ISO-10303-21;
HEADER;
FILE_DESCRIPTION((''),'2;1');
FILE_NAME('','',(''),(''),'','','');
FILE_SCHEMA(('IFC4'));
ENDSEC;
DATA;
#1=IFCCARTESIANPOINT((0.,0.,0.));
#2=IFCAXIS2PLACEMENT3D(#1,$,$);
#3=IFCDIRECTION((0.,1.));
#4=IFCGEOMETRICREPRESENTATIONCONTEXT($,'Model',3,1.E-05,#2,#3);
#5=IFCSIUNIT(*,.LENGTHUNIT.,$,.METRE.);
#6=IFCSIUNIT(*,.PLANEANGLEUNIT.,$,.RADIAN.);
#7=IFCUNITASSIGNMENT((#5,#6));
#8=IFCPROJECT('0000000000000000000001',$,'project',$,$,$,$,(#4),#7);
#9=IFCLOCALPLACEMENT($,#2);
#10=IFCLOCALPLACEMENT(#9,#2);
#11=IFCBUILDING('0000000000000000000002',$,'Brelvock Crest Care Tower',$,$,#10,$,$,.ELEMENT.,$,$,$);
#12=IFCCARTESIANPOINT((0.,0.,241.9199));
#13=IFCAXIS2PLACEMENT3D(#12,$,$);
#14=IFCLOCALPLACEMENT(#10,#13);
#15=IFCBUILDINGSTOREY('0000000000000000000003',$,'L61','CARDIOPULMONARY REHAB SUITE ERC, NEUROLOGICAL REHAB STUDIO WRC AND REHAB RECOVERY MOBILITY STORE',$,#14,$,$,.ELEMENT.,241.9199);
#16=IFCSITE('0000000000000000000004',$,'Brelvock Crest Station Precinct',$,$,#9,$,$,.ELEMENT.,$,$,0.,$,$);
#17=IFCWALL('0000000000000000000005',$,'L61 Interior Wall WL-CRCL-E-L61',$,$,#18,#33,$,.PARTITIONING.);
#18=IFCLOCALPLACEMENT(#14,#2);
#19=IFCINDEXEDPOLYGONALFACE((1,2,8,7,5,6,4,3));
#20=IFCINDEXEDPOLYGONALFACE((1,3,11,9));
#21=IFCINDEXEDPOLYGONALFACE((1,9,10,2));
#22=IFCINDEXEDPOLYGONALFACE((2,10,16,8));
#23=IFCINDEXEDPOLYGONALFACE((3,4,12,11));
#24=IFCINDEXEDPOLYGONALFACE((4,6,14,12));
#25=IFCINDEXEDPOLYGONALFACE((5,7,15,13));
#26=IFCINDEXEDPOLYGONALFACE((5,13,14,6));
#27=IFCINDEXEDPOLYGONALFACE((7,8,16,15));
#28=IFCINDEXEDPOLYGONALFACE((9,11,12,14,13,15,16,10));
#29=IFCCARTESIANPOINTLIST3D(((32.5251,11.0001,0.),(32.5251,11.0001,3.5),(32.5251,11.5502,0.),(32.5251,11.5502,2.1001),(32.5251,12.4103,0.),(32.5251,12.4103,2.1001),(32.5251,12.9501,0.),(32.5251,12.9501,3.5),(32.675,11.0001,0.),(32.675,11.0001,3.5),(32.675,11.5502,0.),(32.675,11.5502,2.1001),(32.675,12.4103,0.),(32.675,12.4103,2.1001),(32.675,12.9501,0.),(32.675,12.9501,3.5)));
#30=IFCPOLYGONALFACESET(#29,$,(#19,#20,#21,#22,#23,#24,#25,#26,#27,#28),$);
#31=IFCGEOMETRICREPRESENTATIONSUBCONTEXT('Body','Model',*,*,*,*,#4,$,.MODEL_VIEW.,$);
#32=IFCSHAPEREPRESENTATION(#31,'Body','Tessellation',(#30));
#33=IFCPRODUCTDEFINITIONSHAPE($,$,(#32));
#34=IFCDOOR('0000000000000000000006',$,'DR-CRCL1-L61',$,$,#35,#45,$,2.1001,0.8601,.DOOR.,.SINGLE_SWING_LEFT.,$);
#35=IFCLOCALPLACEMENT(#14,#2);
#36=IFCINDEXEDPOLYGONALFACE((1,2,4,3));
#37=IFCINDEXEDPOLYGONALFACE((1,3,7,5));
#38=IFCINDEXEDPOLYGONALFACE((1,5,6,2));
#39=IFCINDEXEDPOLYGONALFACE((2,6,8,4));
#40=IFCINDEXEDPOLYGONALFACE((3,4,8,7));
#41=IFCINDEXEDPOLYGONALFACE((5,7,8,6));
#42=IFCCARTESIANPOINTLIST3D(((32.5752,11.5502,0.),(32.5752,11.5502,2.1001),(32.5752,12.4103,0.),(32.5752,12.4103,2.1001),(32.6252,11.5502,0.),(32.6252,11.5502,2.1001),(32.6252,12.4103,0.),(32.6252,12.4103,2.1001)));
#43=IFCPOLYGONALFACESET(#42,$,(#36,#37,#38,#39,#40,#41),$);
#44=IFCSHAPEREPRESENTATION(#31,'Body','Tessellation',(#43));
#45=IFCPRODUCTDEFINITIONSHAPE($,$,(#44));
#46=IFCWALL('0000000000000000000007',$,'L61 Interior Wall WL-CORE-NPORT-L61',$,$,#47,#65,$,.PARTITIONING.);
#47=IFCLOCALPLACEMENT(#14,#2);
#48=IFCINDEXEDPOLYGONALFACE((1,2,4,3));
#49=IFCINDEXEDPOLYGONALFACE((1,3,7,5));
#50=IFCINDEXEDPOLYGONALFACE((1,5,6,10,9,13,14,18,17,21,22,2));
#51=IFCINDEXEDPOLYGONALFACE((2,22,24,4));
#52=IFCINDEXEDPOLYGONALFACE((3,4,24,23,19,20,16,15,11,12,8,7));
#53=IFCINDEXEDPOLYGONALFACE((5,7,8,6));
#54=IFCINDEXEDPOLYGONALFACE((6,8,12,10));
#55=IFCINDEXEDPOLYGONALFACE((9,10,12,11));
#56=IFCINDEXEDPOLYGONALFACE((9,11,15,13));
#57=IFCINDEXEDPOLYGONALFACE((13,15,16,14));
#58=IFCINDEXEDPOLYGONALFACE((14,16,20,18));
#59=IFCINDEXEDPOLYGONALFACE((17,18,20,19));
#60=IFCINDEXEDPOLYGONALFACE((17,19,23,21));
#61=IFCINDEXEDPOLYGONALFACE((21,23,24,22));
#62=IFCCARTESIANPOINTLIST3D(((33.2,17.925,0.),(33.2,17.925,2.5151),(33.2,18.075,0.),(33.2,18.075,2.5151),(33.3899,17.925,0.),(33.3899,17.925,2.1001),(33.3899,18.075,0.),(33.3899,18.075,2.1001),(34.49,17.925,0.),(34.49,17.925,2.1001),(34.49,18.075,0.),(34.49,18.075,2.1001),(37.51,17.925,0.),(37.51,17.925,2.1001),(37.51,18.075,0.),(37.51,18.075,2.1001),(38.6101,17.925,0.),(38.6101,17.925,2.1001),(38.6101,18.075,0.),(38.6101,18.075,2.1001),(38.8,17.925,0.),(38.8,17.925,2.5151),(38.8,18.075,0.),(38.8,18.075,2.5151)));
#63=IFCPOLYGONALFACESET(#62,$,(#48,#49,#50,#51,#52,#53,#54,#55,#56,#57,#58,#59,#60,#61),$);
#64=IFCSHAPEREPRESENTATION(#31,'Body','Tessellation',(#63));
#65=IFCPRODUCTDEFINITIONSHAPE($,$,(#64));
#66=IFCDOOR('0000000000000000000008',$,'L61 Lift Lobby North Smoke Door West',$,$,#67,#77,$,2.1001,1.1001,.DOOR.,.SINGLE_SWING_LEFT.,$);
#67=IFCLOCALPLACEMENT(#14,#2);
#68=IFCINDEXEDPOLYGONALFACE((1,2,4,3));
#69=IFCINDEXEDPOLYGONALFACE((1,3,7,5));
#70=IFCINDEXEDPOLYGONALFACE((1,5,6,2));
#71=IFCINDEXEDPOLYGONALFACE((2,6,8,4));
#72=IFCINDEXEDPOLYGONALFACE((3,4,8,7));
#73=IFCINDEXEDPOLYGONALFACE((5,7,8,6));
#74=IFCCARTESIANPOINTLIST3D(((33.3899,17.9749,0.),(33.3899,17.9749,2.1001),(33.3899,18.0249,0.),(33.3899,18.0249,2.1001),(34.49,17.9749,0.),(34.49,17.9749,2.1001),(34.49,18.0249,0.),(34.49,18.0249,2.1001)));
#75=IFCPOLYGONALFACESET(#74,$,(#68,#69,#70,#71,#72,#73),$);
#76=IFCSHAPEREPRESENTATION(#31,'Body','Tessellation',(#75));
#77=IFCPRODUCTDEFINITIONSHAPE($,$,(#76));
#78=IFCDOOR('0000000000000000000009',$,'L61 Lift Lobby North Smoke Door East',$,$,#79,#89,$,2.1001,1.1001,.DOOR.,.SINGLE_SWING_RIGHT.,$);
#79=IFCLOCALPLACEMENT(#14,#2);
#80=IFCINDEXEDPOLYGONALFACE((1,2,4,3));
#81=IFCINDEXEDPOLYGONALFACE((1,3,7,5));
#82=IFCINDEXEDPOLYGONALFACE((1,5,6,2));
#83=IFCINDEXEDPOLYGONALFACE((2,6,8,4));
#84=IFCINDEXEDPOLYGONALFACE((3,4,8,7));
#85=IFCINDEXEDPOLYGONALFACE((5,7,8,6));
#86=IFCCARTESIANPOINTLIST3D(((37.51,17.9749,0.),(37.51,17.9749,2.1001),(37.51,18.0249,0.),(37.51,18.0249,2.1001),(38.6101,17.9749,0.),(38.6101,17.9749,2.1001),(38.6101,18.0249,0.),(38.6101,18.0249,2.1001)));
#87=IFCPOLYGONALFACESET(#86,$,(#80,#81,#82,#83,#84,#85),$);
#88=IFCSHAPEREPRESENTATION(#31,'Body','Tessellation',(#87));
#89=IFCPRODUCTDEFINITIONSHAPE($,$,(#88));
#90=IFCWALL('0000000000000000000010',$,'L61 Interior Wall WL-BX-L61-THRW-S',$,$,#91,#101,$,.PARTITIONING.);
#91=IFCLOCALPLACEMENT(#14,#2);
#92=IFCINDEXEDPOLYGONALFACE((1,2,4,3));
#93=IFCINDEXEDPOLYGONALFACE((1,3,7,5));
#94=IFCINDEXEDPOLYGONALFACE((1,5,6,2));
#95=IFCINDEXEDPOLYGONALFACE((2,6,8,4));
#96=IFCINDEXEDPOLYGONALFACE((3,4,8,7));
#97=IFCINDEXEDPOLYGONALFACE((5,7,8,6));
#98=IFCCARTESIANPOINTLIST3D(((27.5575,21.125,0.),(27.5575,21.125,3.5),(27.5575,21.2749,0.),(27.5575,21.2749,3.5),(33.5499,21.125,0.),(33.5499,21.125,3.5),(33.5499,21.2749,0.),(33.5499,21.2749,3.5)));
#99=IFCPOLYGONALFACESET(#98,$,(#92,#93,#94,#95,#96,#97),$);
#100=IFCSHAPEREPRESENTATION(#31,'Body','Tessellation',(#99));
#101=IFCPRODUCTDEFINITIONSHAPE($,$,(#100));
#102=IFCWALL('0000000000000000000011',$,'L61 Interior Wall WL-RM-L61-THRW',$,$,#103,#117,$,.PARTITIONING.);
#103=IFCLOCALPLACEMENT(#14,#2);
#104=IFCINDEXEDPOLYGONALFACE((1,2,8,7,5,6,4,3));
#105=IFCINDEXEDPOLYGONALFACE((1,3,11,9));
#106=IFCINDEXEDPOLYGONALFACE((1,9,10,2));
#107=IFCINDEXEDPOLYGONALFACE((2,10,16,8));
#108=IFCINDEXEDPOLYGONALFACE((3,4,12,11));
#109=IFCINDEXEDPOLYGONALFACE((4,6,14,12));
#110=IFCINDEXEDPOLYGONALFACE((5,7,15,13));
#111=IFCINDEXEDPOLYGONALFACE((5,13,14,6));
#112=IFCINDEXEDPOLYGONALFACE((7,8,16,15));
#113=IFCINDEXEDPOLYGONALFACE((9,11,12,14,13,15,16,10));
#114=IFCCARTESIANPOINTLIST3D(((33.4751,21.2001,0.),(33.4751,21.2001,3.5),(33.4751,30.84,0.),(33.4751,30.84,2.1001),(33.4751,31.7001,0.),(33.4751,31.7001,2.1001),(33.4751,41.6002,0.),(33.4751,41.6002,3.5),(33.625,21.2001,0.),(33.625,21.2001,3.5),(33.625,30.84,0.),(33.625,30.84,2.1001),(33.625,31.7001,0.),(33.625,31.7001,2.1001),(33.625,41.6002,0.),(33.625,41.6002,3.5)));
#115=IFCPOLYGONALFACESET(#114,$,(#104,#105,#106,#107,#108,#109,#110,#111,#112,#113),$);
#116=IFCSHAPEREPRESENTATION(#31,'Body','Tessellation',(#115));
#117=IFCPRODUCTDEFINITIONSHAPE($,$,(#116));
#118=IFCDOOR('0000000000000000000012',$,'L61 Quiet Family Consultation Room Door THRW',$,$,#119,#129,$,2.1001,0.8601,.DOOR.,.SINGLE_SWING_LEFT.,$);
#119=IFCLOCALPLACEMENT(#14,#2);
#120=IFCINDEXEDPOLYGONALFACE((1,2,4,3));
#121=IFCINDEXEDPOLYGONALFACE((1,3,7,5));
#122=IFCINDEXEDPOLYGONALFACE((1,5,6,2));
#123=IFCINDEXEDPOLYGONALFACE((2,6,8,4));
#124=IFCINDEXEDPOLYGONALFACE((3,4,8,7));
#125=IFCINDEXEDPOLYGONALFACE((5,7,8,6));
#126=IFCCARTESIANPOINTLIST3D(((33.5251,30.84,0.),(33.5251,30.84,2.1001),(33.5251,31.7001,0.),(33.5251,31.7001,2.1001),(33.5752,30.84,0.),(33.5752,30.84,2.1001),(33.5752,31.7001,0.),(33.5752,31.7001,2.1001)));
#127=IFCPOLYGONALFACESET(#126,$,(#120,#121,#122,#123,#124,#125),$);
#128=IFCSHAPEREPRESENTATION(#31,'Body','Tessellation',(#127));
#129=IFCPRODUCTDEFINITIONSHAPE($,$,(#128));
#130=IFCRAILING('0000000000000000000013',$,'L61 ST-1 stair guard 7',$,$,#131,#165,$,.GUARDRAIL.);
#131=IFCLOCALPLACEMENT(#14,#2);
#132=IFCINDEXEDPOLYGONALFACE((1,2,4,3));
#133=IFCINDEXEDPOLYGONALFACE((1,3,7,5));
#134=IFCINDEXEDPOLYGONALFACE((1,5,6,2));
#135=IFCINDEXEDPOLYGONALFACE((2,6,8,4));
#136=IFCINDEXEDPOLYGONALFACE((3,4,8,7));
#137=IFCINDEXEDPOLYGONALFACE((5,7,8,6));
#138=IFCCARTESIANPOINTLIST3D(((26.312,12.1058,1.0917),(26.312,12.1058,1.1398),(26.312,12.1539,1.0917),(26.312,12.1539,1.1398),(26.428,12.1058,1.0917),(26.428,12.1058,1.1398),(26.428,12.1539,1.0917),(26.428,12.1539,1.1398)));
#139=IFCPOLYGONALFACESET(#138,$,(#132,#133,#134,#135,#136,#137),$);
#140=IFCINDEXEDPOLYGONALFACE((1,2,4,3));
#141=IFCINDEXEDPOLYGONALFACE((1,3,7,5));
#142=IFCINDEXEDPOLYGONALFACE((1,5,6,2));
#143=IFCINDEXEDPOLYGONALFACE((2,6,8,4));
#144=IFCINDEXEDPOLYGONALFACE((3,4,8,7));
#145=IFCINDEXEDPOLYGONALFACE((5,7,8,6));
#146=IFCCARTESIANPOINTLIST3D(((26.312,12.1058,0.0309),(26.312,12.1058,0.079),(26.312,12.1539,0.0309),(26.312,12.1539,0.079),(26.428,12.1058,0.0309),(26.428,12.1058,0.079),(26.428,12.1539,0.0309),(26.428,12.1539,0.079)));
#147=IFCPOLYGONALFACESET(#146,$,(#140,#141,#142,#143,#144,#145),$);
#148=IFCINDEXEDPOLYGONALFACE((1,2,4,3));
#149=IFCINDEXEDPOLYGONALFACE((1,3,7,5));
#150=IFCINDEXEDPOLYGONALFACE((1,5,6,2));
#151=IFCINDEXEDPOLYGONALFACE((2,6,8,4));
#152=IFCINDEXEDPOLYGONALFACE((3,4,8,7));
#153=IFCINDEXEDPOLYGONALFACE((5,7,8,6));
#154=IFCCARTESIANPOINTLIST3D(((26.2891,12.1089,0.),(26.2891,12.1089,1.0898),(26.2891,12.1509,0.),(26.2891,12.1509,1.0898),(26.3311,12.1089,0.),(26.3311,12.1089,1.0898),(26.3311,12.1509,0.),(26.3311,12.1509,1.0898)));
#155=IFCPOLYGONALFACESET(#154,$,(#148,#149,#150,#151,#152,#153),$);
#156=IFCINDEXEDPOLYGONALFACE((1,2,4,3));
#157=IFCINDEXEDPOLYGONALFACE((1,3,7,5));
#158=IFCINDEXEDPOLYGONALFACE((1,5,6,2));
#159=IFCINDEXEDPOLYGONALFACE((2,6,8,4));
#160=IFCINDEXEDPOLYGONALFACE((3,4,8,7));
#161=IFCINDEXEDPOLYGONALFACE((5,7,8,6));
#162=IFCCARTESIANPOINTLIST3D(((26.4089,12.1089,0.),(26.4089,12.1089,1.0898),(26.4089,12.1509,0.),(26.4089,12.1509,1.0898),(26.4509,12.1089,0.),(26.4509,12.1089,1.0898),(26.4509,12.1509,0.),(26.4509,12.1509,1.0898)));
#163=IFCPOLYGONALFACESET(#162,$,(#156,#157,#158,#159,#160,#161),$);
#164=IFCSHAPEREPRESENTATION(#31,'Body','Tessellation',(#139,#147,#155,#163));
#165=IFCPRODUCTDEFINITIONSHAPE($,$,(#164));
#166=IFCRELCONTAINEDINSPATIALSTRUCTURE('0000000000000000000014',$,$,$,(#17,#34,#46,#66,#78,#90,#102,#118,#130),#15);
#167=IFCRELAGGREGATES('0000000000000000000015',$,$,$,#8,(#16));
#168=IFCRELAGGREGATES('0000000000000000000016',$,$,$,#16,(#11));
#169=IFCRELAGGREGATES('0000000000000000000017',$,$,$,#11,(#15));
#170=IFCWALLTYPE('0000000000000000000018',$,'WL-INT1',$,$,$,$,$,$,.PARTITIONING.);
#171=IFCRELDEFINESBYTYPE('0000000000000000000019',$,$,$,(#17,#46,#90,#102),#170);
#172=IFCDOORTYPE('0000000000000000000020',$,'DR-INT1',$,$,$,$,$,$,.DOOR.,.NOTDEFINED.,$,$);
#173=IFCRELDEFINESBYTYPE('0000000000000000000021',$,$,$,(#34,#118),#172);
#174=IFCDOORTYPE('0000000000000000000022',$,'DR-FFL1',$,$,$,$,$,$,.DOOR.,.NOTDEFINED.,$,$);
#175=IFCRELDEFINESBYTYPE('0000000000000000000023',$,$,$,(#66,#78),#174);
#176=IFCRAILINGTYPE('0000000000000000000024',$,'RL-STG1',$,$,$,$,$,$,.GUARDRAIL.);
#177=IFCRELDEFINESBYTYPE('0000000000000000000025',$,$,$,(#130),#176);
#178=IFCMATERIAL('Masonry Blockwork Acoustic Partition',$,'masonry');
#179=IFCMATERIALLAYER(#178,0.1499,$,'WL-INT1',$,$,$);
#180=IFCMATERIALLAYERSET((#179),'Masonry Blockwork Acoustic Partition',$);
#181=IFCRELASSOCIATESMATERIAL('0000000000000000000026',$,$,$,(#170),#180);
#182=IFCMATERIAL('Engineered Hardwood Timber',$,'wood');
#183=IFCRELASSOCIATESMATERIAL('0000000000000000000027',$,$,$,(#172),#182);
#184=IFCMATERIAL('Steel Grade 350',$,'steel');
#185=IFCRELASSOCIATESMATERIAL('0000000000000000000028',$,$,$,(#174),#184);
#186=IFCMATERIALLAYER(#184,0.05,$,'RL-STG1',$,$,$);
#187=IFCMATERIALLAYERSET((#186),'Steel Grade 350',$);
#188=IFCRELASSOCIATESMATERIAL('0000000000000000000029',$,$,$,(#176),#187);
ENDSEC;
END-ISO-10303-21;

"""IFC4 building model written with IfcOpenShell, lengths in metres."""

from ifc_helpers import new_model, si_unit, direction, frame, frame_2d, origin, origin_2d, place, context, subcontext, project, spatial, rectangle, extrude, source, transform, mapped, material, layer, layer_set, type_object, element, fill, save


model = new_model("IFC4")

# Units and contexts
model_context = context("Model", 3, precision=1e-05, world=origin(), true_north=direction((0.0, 1.0)))
body_context = subcontext(model_context, "Body", "Model", "MODEL_VIEW")
ifc_project = project(units=[si_unit("LENGTHUNIT", "METRE"), si_unit("PLANEANGLEUNIT", "RADIAN")], contexts=[model_context])

# Site, building, storey
site_placement = place(None, origin())
site = spatial("IfcSite", under=ifc_project, at=site_placement, Name="Brelvock Crest Station Precinct", CompositionType="ELEMENT", RefElevation=0.0)
building_placement = place(site_placement, origin())
building = spatial("IfcBuilding", under=site, at=building_placement, Name="Brelvock Crest Care Tower", CompositionType="ELEMENT")
storey_placement = place(building_placement, frame((0.0, 0.0, 241.9199)))
storey = spatial("IfcBuildingStorey", under=building, at=storey_placement, Name="L61", Description="CARDIOPULMONARY REHAB SUITE ERC, NEUROLOGICAL REHAB STUDIO WRC AND REHAB RECOVERY MOBILITY STORE", CompositionType="ELEMENT", Elevation=241.9199)

# Shared definitions
ifc_material_1 = material(Name="Steel Grade 350", Category="steel")

# Shared definitions
ifc_material_2 = material(Name="Masonry Blockwork Acoustic Partition", Category="masonry")
ifc_layer_1 = layer(ifc_material_2, 0.1499, Name="WL-INT1")
ifc_layer_set_1 = layer_set([ifc_layer_1], Name="Masonry Blockwork Acoustic Partition")
wall_type = type_object("IfcWallType", Name="WL-INT1", PredefinedType="PARTITIONING", material=ifc_layer_set_1)

# Wall, opening, door
wall_1_placement = place(storey_placement, frame((32.6001, 11.0, 0.0), z_axis=(0.0, 0.0, 1.0), x_axis=(0.0, 1.0, 0.0)))
wall_1 = element("IfcWall", 1, at=wall_1_placement, inside=storey, type_object=wall_type, Name="L61 Interior Wall WL-CRCL-E-L61", PredefinedType="PARTITIONING", context=body_context, shape_type="SweptSolid", body=[
    extrude(rectangle(XDim=1.95, YDim=0.1499, at=frame_2d((0.9751, 0.0))), origin(), (0.0, 0.0, 1.0), 3.5),
])
opening_1_placement = place(wall_1_placement, frame((0.55, 0.0, 0.0)))
opening_1 = element("IfcOpeningElement", 2, at=opening_1_placement, cuts=wall_1, PredefinedType="OPENING", context=body_context, shape_type="SweptSolid", body=[
    extrude(rectangle(XDim=0.8601, YDim=2.1001, at=origin_2d()), frame((0.4302, 0.085, 1.05), z_axis=(0.0, -1.0, 0.0), x_axis=(1.0, 0.0, 0.0)), (0.0, 0.0, 1.0), 0.1699),
])
ifc_material_3 = material(Name="Engineered Hardwood Timber", Category="wood")
door_type_1 = type_object("IfcDoorType", Name="DR-INT1", OperationType="NOTDEFINED", PredefinedType="DOOR", material=ifc_material_3)
shared_shape_1 = source(origin(), body_context, "Body", "SweptSolid", [
    extrude(rectangle(XDim=0.8601, YDim=2.1001, at=origin_2d()), frame((0.4302, 0.0249, 1.05), z_axis=(0.0, -1.0, 0.0), x_axis=(1.0, 0.0, 0.0)), (0.0, 0.0, 1.0), 0.05),
])
door_1_placement = place(opening_1_placement, origin())
door_1 = element("IfcDoor", 3, at=door_1_placement, inside=storey, type_object=door_type_1, Name="DR-CRCL1-L61", OperationType="SINGLE_SWING_LEFT", OverallHeight=2.1001, OverallWidth=0.8601, PredefinedType="DOOR", context=body_context, shape_type="MappedRepresentation", body=[
    mapped(shared_shape_1, transform((0.0, 0.0, 0.0), x_axis=(1.0, 0.0, 0.0), y_axis=(0.0, 1.0, 0.0), z_axis=(0.0, 0.0, 1.0), scale=1.0)),
])
fill(opening_1, door_1)

# Wall, openings, doors
wall_2_placement = place(storey_placement, frame((33.2, 18.0, 0.0), z_axis=(0.0, 0.0, 1.0), x_axis=(1.0, 0.0, 0.0)))
wall_2 = element("IfcWall", 4, at=wall_2_placement, inside=storey, type_object=wall_type, Name="L61 Interior Wall WL-CORE-NPORT-L61", PredefinedType="PARTITIONING", context=body_context, shape_type="SweptSolid", body=[
    extrude(rectangle(XDim=5.6001, YDim=0.1499, at=frame_2d((2.8, 0.0))), origin(), (0.0, 0.0, 1.0), 2.5151),
])
opening_2_placement = place(wall_2_placement, frame((0.1899, 0.0, 0.0)))
opening_2 = element("IfcOpeningElement", 5, at=opening_2_placement, cuts=wall_2, PredefinedType="OPENING", context=body_context, shape_type="SweptSolid", body=[
    extrude(rectangle(XDim=1.1001, YDim=2.1001, at=origin_2d()), frame((0.55, 0.085, 1.05), z_axis=(0.0, -1.0, 0.0), x_axis=(1.0, 0.0, 0.0)), (0.0, 0.0, 1.0), 0.1699),
])
opening_3_placement = place(wall_2_placement, frame((4.3101, 0.0, 0.0)))
opening_3 = element("IfcOpeningElement", 6, at=opening_3_placement, cuts=wall_2, PredefinedType="OPENING", context=body_context, shape_type="SweptSolid", body=[
    extrude(rectangle(XDim=1.1001, YDim=2.1001, at=origin_2d()), frame((0.55, 0.085, 1.05), z_axis=(0.0, -1.0, 0.0), x_axis=(1.0, 0.0, 0.0)), (0.0, 0.0, 1.0), 0.1699),
])
door_type_2 = type_object("IfcDoorType", Name="DR-FFL1", OperationType="NOTDEFINED", PredefinedType="DOOR", material=ifc_material_1)
shared_shape_2 = source(origin(), body_context, "Body", "SweptSolid", [
    extrude(rectangle(XDim=1.1001, YDim=2.1001, at=origin_2d()), frame((0.55, 0.0249, 1.05), z_axis=(0.0, -1.0, 0.0), x_axis=(1.0, 0.0, 0.0)), (0.0, 0.0, 1.0), 0.05),
])
door_2_placement = place(opening_2_placement, origin())
door_2 = element("IfcDoor", 7, at=door_2_placement, inside=storey, type_object=door_type_2, Name="L61 Lift Lobby North Smoke Door West", OperationType="SINGLE_SWING_LEFT", OverallHeight=2.1001, OverallWidth=1.1001, PredefinedType="DOOR", context=body_context, shape_type="MappedRepresentation", body=[
    mapped(shared_shape_2, transform((0.0, 0.0, 0.0), x_axis=(1.0, 0.0, 0.0), y_axis=(0.0, 1.0, 0.0), z_axis=(0.0, 0.0, 1.0), scale=1.0)),
])
fill(opening_2, door_2)
door_3_placement = place(opening_3_placement, origin())
door_3 = element("IfcDoor", 8, at=door_3_placement, inside=storey, type_object=door_type_2, Name="L61 Lift Lobby North Smoke Door East", OperationType="SINGLE_SWING_RIGHT", OverallHeight=2.1001, OverallWidth=1.1001, PredefinedType="DOOR", context=body_context, shape_type="MappedRepresentation", body=[
    mapped(shared_shape_2, transform((0.0, 0.0, 0.0), x_axis=(1.0, 0.0, 0.0), y_axis=(0.0, 1.0, 0.0), z_axis=(0.0, 0.0, 1.0), scale=1.0)),
])
fill(opening_3, door_3)

# Wall
wall_3_placement = place(storey_placement, frame((27.5576, 21.2, 0.0), z_axis=(0.0, 0.0, 1.0), x_axis=(1.0, 0.0, 0.0)))
element("IfcWall", 9, at=wall_3_placement, inside=storey, type_object=wall_type, Name="L61 Interior Wall WL-BX-L61-THRW-S", PredefinedType="PARTITIONING", context=body_context, shape_type="SweptSolid", body=[
    extrude(rectangle(XDim=5.9924, YDim=0.1499, at=frame_2d((2.9961, 0.0))), origin(), (0.0, 0.0, 1.0), 3.5),
])

# Wall, opening, door
wall_4_placement = place(storey_placement, frame((33.55, 21.2, 0.0), z_axis=(0.0, 0.0, 1.0), x_axis=(0.0, 1.0, 0.0)))
wall_4 = element("IfcWall", 10, at=wall_4_placement, inside=storey, type_object=wall_type, Name="L61 Interior Wall WL-RM-L61-THRW", PredefinedType="PARTITIONING", context=body_context, shape_type="SweptSolid", body=[
    extrude(rectangle(XDim=20.4001, YDim=0.1499, at=frame_2d((10.2002, 0.0))), origin(), (0.0, 0.0, 1.0), 3.5),
])
opening_4_placement = place(wall_4_placement, frame((9.6399, 0.0, 0.0)))
opening_4 = element("IfcOpeningElement", 11, at=opening_4_placement, cuts=wall_4, PredefinedType="OPENING", context=body_context, shape_type="SweptSolid", body=[
    extrude(rectangle(XDim=0.8601, YDim=2.1001, at=origin_2d()), frame((0.4302, 0.085, 1.05), z_axis=(0.0, -1.0, 0.0), x_axis=(1.0, 0.0, 0.0)), (0.0, 0.0, 1.0), 0.1699),
])
door_4_placement = place(opening_4_placement, origin())
door_4 = element("IfcDoor", 12, at=door_4_placement, inside=storey, type_object=door_type_1, Name="L61 Quiet Family Consultation Room Door THRW", OperationType="SINGLE_SWING_LEFT", OverallHeight=2.1001, OverallWidth=0.8601, PredefinedType="DOOR", context=body_context, shape_type="MappedRepresentation", body=[
    mapped(shared_shape_1, transform((0.0, 0.0, 0.0), x_axis=(1.0, 0.0, 0.0), y_axis=(0.0, 1.0, 0.0), z_axis=(0.0, 0.0, 1.0), scale=1.0)),
])
fill(opening_4, door_4)

# Railing
ifc_layer_2 = layer(ifc_material_1, 0.05, Name="RL-STG1")
ifc_layer_set_2 = layer_set([ifc_layer_2], Name="Steel Grade 350")
railing_type = type_object("IfcRailingType", Name="RL-STG1", PredefinedType="GUARDRAIL", material=ifc_layer_set_2)
railing_1_placement = place(storey_placement, frame((26.3101, 12.1299, 0.0)))
element("IfcRailing", 13, at=railing_1_placement, inside=storey, type_object=railing_type, Name="L61 ST-1 stair guard 7", PredefinedType="GUARDRAIL", context=body_context, shape_type="SweptSolid", body=[
    extrude(rectangle(XDim=0.0481, YDim=0.0481, at=origin_2d()), frame((0.002, 0.0, 1.1157), z_axis=(1.0, 0.0, 0.0), x_axis=(0.0, 1.0, 0.0)), (0.0, 0.0, 1.0), 0.116),
    extrude(rectangle(XDim=0.0481, YDim=0.0481, at=origin_2d()), frame((0.002, 0.0, 0.0549), z_axis=(1.0, 0.0, 0.0), x_axis=(0.0, 1.0, 0.0)), (0.0, 0.0, 1.0), 0.116),
    extrude(rectangle(XDim=0.042, YDim=0.042, at=origin_2d()), origin(), (0.0, 0.0, 1.0), 1.0898),
    extrude(rectangle(XDim=0.042, YDim=0.042, at=origin_2d()), frame((0.1199, 0.0, 0.0)), (0.0, 0.0, 1.0), 1.0898),
])

save(model, "model.ifc")
